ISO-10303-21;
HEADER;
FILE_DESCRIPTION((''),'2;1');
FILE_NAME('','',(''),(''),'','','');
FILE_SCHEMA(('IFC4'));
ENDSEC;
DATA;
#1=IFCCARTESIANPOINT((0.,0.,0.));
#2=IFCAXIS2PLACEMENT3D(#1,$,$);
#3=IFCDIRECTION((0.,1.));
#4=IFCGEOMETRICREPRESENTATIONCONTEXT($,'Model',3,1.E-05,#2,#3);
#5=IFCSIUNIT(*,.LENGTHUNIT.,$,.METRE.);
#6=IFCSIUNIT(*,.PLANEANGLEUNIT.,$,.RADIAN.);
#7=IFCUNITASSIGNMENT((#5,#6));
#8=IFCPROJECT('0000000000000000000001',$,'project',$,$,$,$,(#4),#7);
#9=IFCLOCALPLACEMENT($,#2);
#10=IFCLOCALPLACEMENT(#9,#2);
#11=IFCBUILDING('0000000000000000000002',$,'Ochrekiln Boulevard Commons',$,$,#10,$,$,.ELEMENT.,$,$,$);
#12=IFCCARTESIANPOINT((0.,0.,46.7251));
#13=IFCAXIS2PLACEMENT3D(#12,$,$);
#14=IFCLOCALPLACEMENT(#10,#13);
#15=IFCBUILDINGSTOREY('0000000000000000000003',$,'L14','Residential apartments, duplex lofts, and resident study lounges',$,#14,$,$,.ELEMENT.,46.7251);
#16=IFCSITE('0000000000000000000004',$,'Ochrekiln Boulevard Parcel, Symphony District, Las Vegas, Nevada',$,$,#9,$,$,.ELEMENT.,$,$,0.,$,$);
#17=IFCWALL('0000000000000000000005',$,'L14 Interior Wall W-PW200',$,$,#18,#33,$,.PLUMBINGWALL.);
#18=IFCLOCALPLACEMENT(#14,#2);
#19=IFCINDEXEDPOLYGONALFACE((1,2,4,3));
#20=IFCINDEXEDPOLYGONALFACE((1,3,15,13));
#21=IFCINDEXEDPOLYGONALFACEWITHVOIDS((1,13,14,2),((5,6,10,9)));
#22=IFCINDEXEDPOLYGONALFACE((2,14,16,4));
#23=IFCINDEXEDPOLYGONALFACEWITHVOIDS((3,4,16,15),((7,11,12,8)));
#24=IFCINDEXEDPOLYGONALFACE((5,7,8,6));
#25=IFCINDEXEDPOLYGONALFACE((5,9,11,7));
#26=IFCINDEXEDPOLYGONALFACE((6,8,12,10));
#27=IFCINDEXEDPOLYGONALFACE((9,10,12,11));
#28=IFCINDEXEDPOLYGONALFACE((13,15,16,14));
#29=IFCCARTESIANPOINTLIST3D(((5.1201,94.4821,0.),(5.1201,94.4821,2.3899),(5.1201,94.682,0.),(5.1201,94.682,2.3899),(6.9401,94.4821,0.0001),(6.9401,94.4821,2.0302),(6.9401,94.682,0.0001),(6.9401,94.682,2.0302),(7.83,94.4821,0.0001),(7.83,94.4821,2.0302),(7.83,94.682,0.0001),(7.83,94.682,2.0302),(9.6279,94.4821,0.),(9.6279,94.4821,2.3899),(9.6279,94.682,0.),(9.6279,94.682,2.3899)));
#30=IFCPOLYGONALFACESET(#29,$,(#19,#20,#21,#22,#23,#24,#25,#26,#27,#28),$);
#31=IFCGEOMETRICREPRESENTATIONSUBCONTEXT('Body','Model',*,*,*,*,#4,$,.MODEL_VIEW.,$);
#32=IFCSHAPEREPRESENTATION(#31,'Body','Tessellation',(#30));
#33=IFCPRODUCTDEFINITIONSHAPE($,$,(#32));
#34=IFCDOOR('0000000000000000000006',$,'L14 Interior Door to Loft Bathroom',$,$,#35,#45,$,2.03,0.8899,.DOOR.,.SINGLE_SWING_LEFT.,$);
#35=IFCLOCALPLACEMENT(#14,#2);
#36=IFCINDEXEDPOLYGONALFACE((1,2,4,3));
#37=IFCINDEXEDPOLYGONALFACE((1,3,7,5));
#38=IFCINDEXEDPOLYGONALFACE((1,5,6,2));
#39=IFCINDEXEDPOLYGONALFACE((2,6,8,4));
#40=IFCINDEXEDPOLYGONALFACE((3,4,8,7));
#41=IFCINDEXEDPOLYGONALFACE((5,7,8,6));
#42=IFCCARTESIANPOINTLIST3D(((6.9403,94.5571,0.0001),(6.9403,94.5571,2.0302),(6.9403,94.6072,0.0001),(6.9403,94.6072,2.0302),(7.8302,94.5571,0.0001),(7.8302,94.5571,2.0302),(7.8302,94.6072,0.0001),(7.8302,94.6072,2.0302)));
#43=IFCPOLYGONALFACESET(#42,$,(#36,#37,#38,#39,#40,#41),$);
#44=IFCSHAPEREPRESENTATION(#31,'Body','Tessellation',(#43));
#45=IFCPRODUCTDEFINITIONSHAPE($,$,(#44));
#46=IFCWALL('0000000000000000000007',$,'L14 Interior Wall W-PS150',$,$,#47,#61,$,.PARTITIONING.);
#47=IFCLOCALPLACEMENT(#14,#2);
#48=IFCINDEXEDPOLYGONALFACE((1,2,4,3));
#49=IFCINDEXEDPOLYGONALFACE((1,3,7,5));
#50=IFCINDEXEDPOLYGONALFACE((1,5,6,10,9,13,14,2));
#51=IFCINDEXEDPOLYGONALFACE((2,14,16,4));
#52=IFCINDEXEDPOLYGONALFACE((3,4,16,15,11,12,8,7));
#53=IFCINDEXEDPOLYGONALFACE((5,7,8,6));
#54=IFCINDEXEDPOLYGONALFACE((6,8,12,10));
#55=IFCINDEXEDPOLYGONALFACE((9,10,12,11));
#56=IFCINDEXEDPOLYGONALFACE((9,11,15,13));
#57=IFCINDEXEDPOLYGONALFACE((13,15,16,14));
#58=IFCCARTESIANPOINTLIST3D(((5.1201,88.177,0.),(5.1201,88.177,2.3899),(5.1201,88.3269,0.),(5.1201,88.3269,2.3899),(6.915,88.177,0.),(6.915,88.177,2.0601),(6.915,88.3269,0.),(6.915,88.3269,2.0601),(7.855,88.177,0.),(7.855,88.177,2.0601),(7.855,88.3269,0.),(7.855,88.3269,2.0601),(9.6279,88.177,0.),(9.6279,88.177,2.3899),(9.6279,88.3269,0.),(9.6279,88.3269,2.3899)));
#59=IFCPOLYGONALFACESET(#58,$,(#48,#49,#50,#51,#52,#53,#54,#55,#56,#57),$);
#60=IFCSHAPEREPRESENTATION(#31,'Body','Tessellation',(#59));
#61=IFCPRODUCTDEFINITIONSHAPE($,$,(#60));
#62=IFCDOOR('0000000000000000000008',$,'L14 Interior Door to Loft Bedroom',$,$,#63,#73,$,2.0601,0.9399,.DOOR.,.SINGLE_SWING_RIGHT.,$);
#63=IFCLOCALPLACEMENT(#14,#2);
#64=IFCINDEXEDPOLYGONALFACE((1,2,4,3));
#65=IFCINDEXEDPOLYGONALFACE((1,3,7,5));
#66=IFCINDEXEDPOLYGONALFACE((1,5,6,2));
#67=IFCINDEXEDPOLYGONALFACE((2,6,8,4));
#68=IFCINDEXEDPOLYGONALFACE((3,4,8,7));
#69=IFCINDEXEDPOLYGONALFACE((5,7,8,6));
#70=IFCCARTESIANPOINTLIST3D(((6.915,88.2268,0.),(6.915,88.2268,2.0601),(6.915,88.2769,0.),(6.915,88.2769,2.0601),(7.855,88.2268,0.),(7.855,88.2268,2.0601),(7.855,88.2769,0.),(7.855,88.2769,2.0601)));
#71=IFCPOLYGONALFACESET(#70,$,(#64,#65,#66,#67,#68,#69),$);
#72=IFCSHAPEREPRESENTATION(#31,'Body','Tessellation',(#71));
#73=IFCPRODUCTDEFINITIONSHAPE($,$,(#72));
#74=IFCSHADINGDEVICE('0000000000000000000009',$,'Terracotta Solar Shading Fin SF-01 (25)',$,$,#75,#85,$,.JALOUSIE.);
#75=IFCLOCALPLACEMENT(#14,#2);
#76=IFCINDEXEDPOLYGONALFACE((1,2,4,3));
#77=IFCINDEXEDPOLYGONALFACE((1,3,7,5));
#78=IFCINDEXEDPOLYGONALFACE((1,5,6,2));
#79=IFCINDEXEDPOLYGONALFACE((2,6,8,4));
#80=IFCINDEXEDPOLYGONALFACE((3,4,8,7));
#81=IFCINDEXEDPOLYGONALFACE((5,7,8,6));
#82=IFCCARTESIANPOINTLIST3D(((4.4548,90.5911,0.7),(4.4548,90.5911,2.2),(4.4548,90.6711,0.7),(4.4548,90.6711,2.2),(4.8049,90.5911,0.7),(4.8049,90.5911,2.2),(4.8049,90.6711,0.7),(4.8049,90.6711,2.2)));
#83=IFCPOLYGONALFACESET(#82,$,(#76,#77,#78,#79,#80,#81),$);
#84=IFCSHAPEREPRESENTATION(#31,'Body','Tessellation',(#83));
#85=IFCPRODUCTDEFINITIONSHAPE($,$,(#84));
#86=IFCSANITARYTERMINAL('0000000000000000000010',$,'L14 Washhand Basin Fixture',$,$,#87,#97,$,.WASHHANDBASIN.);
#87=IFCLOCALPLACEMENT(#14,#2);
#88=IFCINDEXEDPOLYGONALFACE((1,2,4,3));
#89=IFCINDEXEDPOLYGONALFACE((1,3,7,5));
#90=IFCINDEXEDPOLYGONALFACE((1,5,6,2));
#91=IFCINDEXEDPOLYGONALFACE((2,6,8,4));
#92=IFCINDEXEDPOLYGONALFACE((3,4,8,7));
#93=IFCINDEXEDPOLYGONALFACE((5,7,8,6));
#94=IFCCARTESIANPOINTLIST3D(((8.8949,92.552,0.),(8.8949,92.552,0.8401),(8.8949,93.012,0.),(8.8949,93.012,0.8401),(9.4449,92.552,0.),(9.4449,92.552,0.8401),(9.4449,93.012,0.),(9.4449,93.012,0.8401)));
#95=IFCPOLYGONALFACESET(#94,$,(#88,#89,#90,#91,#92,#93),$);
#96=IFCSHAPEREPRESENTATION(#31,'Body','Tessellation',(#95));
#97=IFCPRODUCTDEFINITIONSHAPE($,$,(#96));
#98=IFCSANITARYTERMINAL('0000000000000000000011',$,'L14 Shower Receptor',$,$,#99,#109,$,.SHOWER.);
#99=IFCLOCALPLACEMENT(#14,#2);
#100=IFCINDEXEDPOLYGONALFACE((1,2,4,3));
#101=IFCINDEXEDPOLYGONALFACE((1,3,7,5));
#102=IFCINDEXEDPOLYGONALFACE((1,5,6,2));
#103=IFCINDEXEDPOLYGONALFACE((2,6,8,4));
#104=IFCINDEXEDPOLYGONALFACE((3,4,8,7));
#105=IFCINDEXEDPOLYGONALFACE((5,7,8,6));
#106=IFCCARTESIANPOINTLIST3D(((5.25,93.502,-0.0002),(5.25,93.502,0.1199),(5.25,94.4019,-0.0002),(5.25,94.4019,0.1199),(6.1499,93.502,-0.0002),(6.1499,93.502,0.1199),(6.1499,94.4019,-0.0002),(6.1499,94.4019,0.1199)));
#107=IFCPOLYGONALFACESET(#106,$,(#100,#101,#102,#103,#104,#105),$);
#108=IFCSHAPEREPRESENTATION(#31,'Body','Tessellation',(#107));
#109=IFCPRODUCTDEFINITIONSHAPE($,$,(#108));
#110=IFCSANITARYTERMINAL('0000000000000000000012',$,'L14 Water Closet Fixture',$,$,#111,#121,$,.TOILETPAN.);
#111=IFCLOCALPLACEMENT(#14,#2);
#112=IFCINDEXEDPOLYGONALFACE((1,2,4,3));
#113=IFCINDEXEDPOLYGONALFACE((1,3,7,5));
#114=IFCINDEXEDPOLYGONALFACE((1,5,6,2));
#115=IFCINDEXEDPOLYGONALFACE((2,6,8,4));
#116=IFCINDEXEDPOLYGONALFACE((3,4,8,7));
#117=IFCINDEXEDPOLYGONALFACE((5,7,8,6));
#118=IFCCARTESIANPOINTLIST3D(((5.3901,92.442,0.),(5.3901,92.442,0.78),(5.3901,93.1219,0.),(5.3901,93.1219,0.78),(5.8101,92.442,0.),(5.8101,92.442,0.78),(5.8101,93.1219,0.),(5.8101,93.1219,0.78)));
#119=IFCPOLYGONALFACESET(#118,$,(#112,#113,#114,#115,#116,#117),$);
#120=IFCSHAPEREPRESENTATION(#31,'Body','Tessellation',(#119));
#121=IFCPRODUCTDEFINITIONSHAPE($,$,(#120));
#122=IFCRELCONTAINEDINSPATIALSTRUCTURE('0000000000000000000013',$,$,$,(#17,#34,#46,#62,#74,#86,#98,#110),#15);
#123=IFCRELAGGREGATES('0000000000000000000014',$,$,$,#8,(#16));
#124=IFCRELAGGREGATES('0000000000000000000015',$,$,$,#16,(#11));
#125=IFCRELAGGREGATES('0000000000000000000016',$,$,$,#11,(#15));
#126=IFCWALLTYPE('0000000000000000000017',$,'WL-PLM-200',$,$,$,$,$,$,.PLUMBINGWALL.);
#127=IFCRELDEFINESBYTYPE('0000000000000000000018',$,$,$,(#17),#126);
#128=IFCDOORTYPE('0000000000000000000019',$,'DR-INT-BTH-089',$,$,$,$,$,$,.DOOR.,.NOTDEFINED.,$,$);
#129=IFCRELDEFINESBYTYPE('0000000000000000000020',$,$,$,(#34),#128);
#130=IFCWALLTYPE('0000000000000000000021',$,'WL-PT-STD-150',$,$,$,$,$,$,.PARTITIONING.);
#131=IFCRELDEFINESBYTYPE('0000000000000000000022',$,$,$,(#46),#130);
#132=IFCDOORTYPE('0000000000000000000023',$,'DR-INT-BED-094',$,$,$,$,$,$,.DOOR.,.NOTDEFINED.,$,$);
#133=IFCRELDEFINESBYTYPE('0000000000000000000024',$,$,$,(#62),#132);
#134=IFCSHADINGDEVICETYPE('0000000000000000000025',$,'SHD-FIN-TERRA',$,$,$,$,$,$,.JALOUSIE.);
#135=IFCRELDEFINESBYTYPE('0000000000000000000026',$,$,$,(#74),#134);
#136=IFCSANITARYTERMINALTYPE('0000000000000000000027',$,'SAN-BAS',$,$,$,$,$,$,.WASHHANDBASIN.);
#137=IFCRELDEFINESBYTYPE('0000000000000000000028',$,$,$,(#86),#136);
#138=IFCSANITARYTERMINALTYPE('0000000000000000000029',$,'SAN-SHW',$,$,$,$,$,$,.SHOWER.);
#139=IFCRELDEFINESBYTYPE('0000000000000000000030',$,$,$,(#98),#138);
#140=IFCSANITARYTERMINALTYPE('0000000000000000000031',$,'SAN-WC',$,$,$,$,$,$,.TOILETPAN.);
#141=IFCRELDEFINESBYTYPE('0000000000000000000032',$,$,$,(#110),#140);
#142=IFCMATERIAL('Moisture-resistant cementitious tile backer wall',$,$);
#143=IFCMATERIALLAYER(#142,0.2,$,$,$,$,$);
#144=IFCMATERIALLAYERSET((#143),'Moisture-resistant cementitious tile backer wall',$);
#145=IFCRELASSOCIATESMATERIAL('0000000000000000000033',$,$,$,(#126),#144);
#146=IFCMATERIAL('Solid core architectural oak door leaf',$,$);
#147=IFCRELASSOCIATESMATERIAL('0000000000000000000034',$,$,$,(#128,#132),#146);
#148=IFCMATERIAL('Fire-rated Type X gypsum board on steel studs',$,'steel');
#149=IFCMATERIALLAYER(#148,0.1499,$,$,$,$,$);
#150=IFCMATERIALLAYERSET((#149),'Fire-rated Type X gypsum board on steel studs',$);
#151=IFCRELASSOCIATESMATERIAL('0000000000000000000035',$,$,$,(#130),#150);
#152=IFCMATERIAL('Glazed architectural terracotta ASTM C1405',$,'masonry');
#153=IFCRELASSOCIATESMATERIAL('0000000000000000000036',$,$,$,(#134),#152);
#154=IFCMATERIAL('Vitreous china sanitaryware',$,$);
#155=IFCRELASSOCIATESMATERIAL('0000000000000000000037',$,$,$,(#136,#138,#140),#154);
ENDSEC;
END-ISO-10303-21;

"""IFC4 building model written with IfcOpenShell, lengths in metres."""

from ifc_helpers import new_model, si_unit, direction, frame, frame_2d, origin, origin_2d, place, context, subcontext, project, spatial, rectangle, extrude, material, layer, layer_set, type_object, element, fill, save


model = new_model("IFC4")

# Units and contexts
model_context = context("Model", 3, precision=1e-05, world=origin(), true_north=direction((0.0, 1.0)))
body_context = subcontext(model_context, "Body", "Model", "MODEL_VIEW")
ifc_project = project(units=[si_unit("LENGTHUNIT", "METRE"), si_unit("PLANEANGLEUNIT", "RADIAN")], contexts=[model_context])

# Site, building, storey
site_placement = place(None, origin())
site = spatial("IfcSite", under=ifc_project, at=site_placement, Name="Ochrekiln Boulevard Parcel, Symphony District, Las Vegas, Nevada", CompositionType="ELEMENT", RefElevation=0.0)
building_placement = place(site_placement, origin())
building = spatial("IfcBuilding", under=site, at=building_placement, Name="Ochrekiln Boulevard Commons", CompositionType="ELEMENT")
storey_placement = place(building_placement, frame((0.0, 0.0, 46.7251)))
storey = spatial("IfcBuildingStorey", under=building, at=storey_placement, Name="L14", Description="Residential apartments, duplex lofts, and resident study lounges", CompositionType="ELEMENT", Elevation=46.7251)

# Shared definitions
ifc_material_1 = material(Name="Moisture-resistant cementitious tile backer wall")
ifc_layer_1 = layer(ifc_material_1, 0.2)
ifc_layer_set_1 = layer_set([ifc_layer_1], Name="Moisture-resistant cementitious tile backer wall")
wall_type_1 = type_object("IfcWallType", Name="WL-PLM-200", PredefinedType="PLUMBINGWALL", material=ifc_layer_set_1)

# Walls, openings, doors
wall_1_placement = place(storey_placement, frame((5.1201, 94.582, 0.0), z_axis=(0.0, 0.0, 1.0), x_axis=(1.0, 0.0, 0.0)))
wall_1 = element("IfcWall", 1, at=wall_1_placement, inside=storey, type_object=wall_type_1, Name="L14 Interior Wall W-PW200", PredefinedType="PLUMBINGWALL", context=body_context, shape_type="SweptSolid", body=[
    extrude(rectangle(XDim=4.5078, YDim=0.2, at=frame_2d((2.2539, 0.0))), origin(), (0.0, 0.0, 1.0), 2.3899),
])
opening_1_placement = place(wall_1_placement, frame((1.8201, 0.0, 0.0)))
opening_1 = element("IfcOpeningElement", 2, at=opening_1_placement, cuts=wall_1, PredefinedType="OPENING", context=body_context, shape_type="SweptSolid", body=[
    extrude(rectangle(XDim=0.8899, YDim=2.03, at=frame_2d((0.4448, 1.0151))), frame((0.0, 0.1099, 0.0), z_axis=(0.0, -1.0, 0.0), x_axis=(1.0, 0.0, 0.0)), (0.0, 0.0, 1.0), 0.22),
])
ifc_material_2 = material(Name="Solid core architectural oak door leaf")
door_type_1 = type_object("IfcDoorType", Name="DR-INT-BTH-089", OperationType="NOTDEFINED", PredefinedType="DOOR", material=ifc_material_2)
door_1_placement = place(opening_1_placement, frame((0.8899, 0.0, 0.0), z_axis=(0.0, 0.0, 1.0), x_axis=(-1.0, 0.0, 0.0)))
door_1 = element("IfcDoor", 3, at=door_1_placement, inside=storey, type_object=door_type_1, Name="L14 Interior Door to Loft Bathroom", OperationType="SINGLE_SWING_LEFT", OverallHeight=2.03, OverallWidth=0.8899, PredefinedType="DOOR", context=body_context, shape_type="SweptSolid", body=[
    extrude(rectangle(XDim=0.8899, YDim=2.03, at=frame_2d((0.4448, 1.0151))), frame((0.0, 0.0249, 0.0), z_axis=(0.0, -1.0, 0.0), x_axis=(1.0, 0.0, 0.0)), (0.0, 0.0, 1.0), 0.05),
])
fill(opening_1, door_1)
ifc_material_3 = material(Name="Fire-rated Type X gypsum board on steel studs", Category="steel")
ifc_layer_2 = layer(ifc_material_3, 0.1499)
ifc_layer_set_2 = layer_set([ifc_layer_2], Name="Fire-rated Type X gypsum board on steel studs")
wall_type_2 = type_object("IfcWallType", Name="WL-PT-STD-150", PredefinedType="PARTITIONING", material=ifc_layer_set_2)
wall_2_placement = place(storey_placement, frame((5.1201, 88.252, 0.0), z_axis=(0.0, 0.0, 1.0), x_axis=(1.0, 0.0, 0.0)))
wall_2 = element("IfcWall", 4, at=wall_2_placement, inside=storey, type_object=wall_type_2, Name="L14 Interior Wall W-PS150", PredefinedType="PARTITIONING", context=body_context, shape_type="SweptSolid", body=[
    extrude(rectangle(XDim=4.5078, YDim=0.1499, at=frame_2d((2.2539, 0.0))), origin(), (0.0, 0.0, 1.0), 2.3899),
])
opening_2_placement = place(wall_2_placement, frame((1.7949, 0.0, 0.0)))
opening_2 = element("IfcOpeningElement", 5, at=opening_2_placement, cuts=wall_2, PredefinedType="OPENING", context=body_context, shape_type="SweptSolid", body=[
    extrude(rectangle(XDim=0.9399, YDim=2.0601, at=frame_2d((0.47, 1.03))), frame((0.0, 0.085, 0.0), z_axis=(0.0, -1.0, 0.0), x_axis=(1.0, 0.0, 0.0)), (0.0, 0.0, 1.0), 0.1699),
])
door_type_2 = type_object("IfcDoorType", Name="DR-INT-BED-094", OperationType="NOTDEFINED", PredefinedType="DOOR", material=ifc_material_2)
door_2_placement = place(opening_2_placement, origin())
door_2 = element("IfcDoor", 6, at=door_2_placement, inside=storey, type_object=door_type_2, Name="L14 Interior Door to Loft Bedroom", OperationType="SINGLE_SWING_RIGHT", OverallHeight=2.0601, OverallWidth=0.9399, PredefinedType="DOOR", context=body_context, shape_type="SweptSolid", body=[
    extrude(rectangle(XDim=0.9399, YDim=2.0601, at=frame_2d((0.47, 1.03))), frame((0.0, 0.0249, 0.0), z_axis=(0.0, -1.0, 0.0), x_axis=(1.0, 0.0, 0.0)), (0.0, 0.0, 1.0), 0.05),
])
fill(opening_2, door_2)

# Shading device
ifc_material_4 = material(Name="Glazed architectural terracotta ASTM C1405", Category="masonry")
shading_device_type = type_object("IfcShadingDeviceType", Name="SHD-FIN-TERRA", PredefinedType="JALOUSIE", material=ifc_material_4)
shading_device_placement = place(storey_placement, frame((4.6299, 90.6311, 0.7), z_axis=(0.0, 0.0, 1.0), x_axis=(1.0, 0.0, 0.0)))
element("IfcShadingDevice", 7, at=shading_device_placement, inside=storey, type_object=shading_device_type, Name="Terracotta Solar Shading Fin SF-01 (25)", PredefinedType="JALOUSIE", context=body_context, shape_type="SweptSolid", body=[
    extrude(rectangle(XDim=0.3501, YDim=0.0801, at=origin_2d()), origin(), (0.0, 0.0, 1.0), 1.5),
])

# Sanitary terminals
ifc_material_5 = material(Name="Vitreous china sanitaryware")
sanitary_terminal_type_1 = type_object("IfcSanitaryTerminalType", Name="SAN-BAS", PredefinedType="WASHHANDBASIN", material=ifc_material_5)
sanitary_terminal_1_placement = place(storey_placement, frame((9.1699, 92.782, 0.0), z_axis=(0.0, 0.0, 1.0), x_axis=(1.0, 0.0, 0.0)))
element("IfcSanitaryTerminal", 8, at=sanitary_terminal_1_placement, inside=storey, type_object=sanitary_terminal_type_1, Name="L14 Washhand Basin Fixture", PredefinedType="WASHHANDBASIN", context=body_context, shape_type="SweptSolid", body=[
    extrude(rectangle(XDim=0.55, YDim=0.46, at=origin_2d()), origin(), (0.0, 0.0, 1.0), 0.8401),
])
sanitary_terminal_type_2 = type_object("IfcSanitaryTerminalType", Name="SAN-SHW", PredefinedType="SHOWER", material=ifc_material_5)
sanitary_terminal_2_placement = place(storey_placement, frame((5.7, 93.9519, -0.0002), z_axis=(0.0, 0.0, 1.0), x_axis=(1.0, 0.0, 0.0)))
element("IfcSanitaryTerminal", 9, at=sanitary_terminal_2_placement, inside=storey, type_object=sanitary_terminal_type_2, Name="L14 Shower Receptor", PredefinedType="SHOWER", context=body_context, shape_type="SweptSolid", body=[
    extrude(rectangle(XDim=0.8999, YDim=0.8999, at=origin_2d()), origin(), (0.0, 0.0, 1.0), 0.1201),
])
sanitary_terminal_type_3 = type_object("IfcSanitaryTerminalType", Name="SAN-WC", PredefinedType="TOILETPAN", material=ifc_material_5)
sanitary_terminal_3_placement = place(storey_placement, frame((5.6001, 92.782, 0.0), z_axis=(0.0, 0.0, 1.0), x_axis=(1.0, 0.0, 0.0)))
element("IfcSanitaryTerminal", 10, at=sanitary_terminal_3_placement, inside=storey, type_object=sanitary_terminal_type_3, Name="L14 Water Closet Fixture", PredefinedType="TOILETPAN", context=body_context, shape_type="SweptSolid", body=[
    extrude(rectangle(XDim=0.4199, YDim=0.6799, at=origin_2d()), origin(), (0.0, 0.0, 1.0), 0.78),
])

save(model, "model.ifc")
